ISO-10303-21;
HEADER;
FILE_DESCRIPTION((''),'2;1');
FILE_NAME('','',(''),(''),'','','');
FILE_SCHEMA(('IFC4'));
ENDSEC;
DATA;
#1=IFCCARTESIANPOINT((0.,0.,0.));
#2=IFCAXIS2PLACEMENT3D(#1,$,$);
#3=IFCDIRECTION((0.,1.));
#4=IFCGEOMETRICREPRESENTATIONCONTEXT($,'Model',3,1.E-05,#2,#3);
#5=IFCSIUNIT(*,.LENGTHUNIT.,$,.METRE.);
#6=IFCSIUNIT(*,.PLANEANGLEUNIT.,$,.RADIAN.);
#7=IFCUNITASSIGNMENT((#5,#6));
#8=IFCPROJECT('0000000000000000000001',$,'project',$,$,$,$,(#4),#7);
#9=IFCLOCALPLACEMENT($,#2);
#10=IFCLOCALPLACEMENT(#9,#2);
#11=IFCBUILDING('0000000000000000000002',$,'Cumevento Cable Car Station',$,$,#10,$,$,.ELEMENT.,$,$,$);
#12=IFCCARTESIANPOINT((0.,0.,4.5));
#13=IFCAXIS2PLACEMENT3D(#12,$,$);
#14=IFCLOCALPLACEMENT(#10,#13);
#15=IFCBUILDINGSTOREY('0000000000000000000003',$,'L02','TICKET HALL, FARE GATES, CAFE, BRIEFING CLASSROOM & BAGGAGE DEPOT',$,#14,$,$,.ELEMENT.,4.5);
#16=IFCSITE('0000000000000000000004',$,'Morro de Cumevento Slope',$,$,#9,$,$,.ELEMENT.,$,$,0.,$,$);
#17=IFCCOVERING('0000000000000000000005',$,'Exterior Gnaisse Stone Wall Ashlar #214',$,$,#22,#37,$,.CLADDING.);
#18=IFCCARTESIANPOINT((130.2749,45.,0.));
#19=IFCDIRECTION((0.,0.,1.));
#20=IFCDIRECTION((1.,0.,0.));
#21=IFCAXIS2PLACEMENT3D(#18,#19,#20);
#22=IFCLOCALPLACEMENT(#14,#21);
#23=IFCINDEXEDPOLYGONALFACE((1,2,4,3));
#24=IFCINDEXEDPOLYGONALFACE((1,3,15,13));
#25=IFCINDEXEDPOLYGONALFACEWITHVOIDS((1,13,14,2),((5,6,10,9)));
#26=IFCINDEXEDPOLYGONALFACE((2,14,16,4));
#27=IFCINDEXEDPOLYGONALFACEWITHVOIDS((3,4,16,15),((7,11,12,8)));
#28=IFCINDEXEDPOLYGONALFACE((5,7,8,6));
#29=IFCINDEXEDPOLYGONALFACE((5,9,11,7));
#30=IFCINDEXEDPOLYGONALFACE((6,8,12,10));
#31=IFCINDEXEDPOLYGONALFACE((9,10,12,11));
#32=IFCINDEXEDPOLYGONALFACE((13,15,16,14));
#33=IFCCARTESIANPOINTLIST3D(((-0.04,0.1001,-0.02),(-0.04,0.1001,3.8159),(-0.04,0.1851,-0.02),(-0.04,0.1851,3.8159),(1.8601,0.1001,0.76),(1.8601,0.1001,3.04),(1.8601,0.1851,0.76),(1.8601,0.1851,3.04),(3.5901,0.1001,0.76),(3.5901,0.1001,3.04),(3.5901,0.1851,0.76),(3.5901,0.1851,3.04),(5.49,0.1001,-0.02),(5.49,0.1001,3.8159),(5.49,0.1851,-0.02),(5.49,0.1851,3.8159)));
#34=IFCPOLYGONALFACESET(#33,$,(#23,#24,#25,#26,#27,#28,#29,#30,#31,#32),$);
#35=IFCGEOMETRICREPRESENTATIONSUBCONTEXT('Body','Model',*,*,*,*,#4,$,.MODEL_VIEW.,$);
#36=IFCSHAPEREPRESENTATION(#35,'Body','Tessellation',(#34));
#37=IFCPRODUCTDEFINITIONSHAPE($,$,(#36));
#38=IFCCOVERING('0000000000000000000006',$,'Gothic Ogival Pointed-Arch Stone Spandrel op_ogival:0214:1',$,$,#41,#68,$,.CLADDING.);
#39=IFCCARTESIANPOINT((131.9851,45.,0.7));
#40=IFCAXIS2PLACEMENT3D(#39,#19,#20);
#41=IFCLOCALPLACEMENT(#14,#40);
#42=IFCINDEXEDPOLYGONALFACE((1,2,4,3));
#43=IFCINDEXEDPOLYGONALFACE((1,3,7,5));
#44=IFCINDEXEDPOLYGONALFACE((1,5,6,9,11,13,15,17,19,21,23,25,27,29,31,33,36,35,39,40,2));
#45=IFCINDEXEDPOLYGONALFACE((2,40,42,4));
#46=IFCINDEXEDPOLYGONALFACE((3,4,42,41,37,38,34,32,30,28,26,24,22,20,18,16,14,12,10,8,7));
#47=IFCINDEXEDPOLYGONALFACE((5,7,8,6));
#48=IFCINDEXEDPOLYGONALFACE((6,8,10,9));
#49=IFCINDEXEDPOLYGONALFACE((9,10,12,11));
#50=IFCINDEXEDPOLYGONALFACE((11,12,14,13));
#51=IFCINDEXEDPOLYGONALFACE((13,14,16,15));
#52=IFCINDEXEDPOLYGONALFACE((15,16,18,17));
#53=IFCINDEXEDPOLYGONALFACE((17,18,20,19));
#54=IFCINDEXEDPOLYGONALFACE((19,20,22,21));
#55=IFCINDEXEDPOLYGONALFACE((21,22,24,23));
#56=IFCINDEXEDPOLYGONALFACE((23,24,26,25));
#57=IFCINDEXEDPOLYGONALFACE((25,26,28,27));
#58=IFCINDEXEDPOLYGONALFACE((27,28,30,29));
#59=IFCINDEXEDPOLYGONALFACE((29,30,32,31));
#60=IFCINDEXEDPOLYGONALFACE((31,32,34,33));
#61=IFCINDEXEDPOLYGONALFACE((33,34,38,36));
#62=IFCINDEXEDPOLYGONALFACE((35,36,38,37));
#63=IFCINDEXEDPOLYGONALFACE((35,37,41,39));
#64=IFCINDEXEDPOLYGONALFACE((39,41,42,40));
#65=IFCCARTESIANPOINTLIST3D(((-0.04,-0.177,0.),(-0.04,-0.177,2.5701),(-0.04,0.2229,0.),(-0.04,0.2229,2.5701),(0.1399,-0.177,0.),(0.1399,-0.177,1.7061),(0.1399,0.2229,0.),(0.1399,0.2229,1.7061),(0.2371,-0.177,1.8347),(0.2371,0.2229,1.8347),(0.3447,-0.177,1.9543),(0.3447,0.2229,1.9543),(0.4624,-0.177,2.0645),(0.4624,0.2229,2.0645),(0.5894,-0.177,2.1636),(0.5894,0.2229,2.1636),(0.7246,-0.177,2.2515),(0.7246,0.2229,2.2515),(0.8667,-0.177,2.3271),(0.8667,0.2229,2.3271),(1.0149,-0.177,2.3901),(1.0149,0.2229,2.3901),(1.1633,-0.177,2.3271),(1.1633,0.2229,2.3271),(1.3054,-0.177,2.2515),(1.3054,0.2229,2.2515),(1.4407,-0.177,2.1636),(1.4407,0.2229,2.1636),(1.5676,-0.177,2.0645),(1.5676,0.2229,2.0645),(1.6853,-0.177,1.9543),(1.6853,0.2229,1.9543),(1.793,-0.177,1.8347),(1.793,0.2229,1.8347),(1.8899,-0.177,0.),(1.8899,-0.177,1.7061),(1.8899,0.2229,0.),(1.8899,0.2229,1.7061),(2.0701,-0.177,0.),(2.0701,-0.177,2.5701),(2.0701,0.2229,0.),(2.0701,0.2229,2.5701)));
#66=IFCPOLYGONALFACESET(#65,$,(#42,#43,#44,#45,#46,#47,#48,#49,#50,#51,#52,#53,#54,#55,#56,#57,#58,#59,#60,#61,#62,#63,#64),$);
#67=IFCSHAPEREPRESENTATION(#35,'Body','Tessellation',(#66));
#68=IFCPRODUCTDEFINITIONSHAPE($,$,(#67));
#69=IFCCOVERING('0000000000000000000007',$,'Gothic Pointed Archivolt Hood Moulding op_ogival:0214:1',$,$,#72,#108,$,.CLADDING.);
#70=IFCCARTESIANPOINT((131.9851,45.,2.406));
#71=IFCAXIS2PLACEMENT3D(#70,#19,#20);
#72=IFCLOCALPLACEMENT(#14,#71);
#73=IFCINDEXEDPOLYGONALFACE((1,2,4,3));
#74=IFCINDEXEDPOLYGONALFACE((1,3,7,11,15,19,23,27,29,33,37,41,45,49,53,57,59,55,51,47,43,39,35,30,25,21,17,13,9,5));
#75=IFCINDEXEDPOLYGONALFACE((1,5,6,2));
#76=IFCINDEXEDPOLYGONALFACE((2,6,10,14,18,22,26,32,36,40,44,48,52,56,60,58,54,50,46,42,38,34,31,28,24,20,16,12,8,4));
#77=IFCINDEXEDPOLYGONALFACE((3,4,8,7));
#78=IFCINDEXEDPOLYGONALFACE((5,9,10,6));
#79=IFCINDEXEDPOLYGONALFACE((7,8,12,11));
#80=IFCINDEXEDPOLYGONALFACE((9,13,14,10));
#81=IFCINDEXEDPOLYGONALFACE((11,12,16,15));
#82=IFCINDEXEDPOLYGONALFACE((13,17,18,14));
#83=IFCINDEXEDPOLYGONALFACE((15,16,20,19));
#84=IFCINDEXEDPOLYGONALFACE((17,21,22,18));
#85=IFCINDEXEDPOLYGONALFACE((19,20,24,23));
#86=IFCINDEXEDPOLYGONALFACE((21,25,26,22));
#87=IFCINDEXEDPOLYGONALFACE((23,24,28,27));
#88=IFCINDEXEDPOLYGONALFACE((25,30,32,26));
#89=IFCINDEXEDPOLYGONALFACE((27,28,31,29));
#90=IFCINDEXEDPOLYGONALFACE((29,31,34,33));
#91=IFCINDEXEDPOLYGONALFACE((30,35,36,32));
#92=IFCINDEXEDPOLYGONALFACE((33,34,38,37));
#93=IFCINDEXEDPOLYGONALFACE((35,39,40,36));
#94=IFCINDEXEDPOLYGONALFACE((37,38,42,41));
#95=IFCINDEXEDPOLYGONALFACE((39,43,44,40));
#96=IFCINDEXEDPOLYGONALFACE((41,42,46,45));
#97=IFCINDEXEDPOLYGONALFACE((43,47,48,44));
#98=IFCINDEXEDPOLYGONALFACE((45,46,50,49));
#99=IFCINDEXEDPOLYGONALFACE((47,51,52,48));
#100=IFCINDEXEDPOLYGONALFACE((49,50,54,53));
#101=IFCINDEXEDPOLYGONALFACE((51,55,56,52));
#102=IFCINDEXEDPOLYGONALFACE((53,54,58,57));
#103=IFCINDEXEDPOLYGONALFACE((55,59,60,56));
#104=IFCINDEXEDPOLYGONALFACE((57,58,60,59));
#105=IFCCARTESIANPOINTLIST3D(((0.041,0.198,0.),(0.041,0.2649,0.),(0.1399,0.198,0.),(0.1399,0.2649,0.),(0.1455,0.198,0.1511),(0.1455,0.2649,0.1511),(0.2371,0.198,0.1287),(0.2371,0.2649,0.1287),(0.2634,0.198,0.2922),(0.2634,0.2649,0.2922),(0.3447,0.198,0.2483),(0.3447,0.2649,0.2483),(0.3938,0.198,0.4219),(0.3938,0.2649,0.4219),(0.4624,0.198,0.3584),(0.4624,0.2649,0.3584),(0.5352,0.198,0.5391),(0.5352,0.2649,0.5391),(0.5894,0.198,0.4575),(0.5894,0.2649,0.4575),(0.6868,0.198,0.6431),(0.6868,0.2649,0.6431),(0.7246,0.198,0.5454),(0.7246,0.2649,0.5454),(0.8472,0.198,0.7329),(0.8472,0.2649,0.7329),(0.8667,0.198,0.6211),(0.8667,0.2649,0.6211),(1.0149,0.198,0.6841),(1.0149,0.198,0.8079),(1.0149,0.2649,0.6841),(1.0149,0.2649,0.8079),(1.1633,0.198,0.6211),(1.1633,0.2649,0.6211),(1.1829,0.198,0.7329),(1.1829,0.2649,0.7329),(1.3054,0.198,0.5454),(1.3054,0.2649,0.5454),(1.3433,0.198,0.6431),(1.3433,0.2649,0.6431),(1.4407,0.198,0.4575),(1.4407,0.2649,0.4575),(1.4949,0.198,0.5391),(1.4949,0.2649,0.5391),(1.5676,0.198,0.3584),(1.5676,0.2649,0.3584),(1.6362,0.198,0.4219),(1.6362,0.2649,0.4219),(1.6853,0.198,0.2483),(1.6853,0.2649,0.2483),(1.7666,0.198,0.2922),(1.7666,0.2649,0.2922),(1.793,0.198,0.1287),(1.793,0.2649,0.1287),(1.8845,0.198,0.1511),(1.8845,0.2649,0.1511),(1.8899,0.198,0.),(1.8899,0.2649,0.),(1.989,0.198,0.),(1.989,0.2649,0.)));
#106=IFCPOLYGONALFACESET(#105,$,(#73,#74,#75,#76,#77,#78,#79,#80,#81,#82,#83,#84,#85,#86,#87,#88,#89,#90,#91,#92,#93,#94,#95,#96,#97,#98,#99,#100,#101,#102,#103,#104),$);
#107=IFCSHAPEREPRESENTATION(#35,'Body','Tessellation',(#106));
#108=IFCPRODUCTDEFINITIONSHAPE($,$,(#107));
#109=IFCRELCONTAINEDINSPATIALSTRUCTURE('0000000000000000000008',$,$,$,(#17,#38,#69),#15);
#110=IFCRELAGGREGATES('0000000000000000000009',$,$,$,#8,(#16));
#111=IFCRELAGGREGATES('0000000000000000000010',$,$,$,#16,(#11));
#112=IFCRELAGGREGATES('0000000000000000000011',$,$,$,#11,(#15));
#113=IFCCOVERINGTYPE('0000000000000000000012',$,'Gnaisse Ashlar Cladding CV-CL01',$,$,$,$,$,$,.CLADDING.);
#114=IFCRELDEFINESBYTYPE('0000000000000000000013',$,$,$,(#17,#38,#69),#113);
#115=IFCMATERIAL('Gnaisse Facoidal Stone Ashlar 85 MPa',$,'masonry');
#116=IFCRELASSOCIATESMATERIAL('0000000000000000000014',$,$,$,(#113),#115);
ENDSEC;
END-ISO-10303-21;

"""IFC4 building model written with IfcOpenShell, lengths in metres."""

from ifc_helpers import new_model, si_unit, direction, frame, origin, place, context, subcontext, project, spatial, polyline, outline, extrude, material, type_object, element, save


model = new_model("IFC4")

# Units and contexts
model_context = context("Model", 3, precision=1e-05, world=origin(), true_north=direction((0.0, 1.0)))
body_context = subcontext(model_context, "Body", "Model", "MODEL_VIEW")
ifc_project = project(units=[si_unit("LENGTHUNIT", "METRE"), si_unit("PLANEANGLEUNIT", "RADIAN")], contexts=[model_context])

# Site, building, storey
site_placement = place(None, origin())
site = spatial("IfcSite", under=ifc_project, at=site_placement, Name="Morro de Cumevento Slope", CompositionType="ELEMENT", RefElevation=0.0)
building_placement = place(site_placement, origin())
building = spatial("IfcBuilding", under=site, at=building_placement, Name="Cumevento Cable Car Station", CompositionType="ELEMENT")
storey_placement = place(building_placement, frame((0.0, 0.0, 4.5)))
storey = spatial("IfcBuildingStorey", under=building, at=storey_placement, Name="L02", Description="TICKET HALL, FARE GATES, CAFE, BRIEFING CLASSROOM & BAGGAGE DEPOT", CompositionType="ELEMENT", Elevation=4.5)

# Coverings
ifc_material_1 = material(Name="Gnaisse Facoidal Stone Ashlar 85 MPa", Category="masonry")
covering_type = type_object("IfcCoveringType", Name="Gnaisse Ashlar Cladding CV-CL01", PredefinedType="CLADDING", material=ifc_material_1)
covering_1_placement = place(storey_placement, frame((130.2749, 45.0, 0.0), z_axis=(0.0, 0.0, 1.0), x_axis=(1.0, 0.0, 0.0)))
element("IfcCovering", 1, at=covering_1_placement, inside=storey, type_object=covering_type, Name="Exterior Gnaisse Stone Wall Ashlar #214", PredefinedType="CLADDING", context=body_context, shape_type="SweptSolid", body=[
    extrude(outline(polyline([(-0.04, -0.02), (5.49, -0.02), (5.49, 3.8159), (-0.04, 3.8159), (-0.04, -0.02)]), holes=[polyline([(1.8601, 0.76), (3.5901, 0.76), (3.5901, 3.04), (1.8601, 3.04), (1.8601, 0.76)])]), frame((0.0, 0.1851, 0.0), z_axis=(0.0, -1.0, 0.0), x_axis=(1.0, 0.0, 0.0)), (0.0, 0.0, 1.0), 0.085),
])
covering_2_placement = place(storey_placement, frame((131.9851, 45.0, 0.7), z_axis=(0.0, 0.0, 1.0), x_axis=(1.0, 0.0, 0.0)))
element("IfcCovering", 2, at=covering_2_placement, inside=storey, type_object=covering_type, Name="Gothic Ogival Pointed-Arch Stone Spandrel op_ogival:0214:1", PredefinedType="CLADDING", context=body_context, shape_type="SweptSolid", body=[
    extrude(outline(polyline([(-0.04, 0.0), (-0.04, 2.5701), (2.0701, 2.5701), (2.0701, 0.0), (1.8899, 0.0), (1.8899, 1.7061), (1.793, 1.8347), (1.6853, 1.9543), (1.5676, 2.0645), (1.4407, 2.1636), (1.3054, 2.2515), (1.1633, 2.3271), (1.0149, 2.3901), (0.8667, 2.3271), (0.7246, 2.2515), (0.5894, 2.1636), (0.4624, 2.0645), (0.3447, 1.9543), (0.2371, 1.8347), (0.1399, 1.7061), (0.1399, 0.0), (-0.04, 0.0)])), frame((0.0, 0.2229, 0.0), z_axis=(0.0, -1.0, 0.0), x_axis=(1.0, 0.0, 0.0)), (0.0, 0.0, 1.0), 0.3999),
])
covering_3_placement = place(storey_placement, frame((131.9851, 45.0, 2.406), z_axis=(0.0, 0.0, 1.0), x_axis=(1.0, 0.0, 0.0)))
element("IfcCovering", 3, at=covering_3_placement, inside=storey, type_object=covering_type, Name="Gothic Pointed Archivolt Hood Moulding op_ogival:0214:1", PredefinedType="CLADDING", context=body_context, shape_type="SweptSolid", body=[
    extrude(outline(polyline([(0.1399, 0.0), (0.2371, 0.1287), (0.3447, 0.2483), (0.4624, 0.3584), (0.5894, 0.4575), (0.7246, 0.5454), (0.8667, 0.6211), (1.0149, 0.6841), (1.1633, 0.6211), (1.3054, 0.5454), (1.4407, 0.4575), (1.5676, 0.3584), (1.6853, 0.2483), (1.793, 0.1287), (1.8899, 0.0), (1.989, 0.0), (1.8845, 0.1511), (1.7666, 0.2922), (1.6362, 0.4219), (1.4949, 0.5391), (1.3433, 0.6431), (1.1829, 0.7329), (1.0149, 0.8079), (0.8472, 0.7329), (0.6868, 0.6431), (0.5352, 0.5391), (0.3938, 0.4219), (0.2634, 0.2922), (0.1455, 0.1511), (0.041, 0.0), (0.1399, 0.0)])), frame((0.0, 0.2649, 0.0), z_axis=(0.0, -1.0, 0.0), x_axis=(1.0, 0.0, 0.0)), (0.0, 0.0, 1.0), 0.0669),
])

save(model, "model.ifc")
